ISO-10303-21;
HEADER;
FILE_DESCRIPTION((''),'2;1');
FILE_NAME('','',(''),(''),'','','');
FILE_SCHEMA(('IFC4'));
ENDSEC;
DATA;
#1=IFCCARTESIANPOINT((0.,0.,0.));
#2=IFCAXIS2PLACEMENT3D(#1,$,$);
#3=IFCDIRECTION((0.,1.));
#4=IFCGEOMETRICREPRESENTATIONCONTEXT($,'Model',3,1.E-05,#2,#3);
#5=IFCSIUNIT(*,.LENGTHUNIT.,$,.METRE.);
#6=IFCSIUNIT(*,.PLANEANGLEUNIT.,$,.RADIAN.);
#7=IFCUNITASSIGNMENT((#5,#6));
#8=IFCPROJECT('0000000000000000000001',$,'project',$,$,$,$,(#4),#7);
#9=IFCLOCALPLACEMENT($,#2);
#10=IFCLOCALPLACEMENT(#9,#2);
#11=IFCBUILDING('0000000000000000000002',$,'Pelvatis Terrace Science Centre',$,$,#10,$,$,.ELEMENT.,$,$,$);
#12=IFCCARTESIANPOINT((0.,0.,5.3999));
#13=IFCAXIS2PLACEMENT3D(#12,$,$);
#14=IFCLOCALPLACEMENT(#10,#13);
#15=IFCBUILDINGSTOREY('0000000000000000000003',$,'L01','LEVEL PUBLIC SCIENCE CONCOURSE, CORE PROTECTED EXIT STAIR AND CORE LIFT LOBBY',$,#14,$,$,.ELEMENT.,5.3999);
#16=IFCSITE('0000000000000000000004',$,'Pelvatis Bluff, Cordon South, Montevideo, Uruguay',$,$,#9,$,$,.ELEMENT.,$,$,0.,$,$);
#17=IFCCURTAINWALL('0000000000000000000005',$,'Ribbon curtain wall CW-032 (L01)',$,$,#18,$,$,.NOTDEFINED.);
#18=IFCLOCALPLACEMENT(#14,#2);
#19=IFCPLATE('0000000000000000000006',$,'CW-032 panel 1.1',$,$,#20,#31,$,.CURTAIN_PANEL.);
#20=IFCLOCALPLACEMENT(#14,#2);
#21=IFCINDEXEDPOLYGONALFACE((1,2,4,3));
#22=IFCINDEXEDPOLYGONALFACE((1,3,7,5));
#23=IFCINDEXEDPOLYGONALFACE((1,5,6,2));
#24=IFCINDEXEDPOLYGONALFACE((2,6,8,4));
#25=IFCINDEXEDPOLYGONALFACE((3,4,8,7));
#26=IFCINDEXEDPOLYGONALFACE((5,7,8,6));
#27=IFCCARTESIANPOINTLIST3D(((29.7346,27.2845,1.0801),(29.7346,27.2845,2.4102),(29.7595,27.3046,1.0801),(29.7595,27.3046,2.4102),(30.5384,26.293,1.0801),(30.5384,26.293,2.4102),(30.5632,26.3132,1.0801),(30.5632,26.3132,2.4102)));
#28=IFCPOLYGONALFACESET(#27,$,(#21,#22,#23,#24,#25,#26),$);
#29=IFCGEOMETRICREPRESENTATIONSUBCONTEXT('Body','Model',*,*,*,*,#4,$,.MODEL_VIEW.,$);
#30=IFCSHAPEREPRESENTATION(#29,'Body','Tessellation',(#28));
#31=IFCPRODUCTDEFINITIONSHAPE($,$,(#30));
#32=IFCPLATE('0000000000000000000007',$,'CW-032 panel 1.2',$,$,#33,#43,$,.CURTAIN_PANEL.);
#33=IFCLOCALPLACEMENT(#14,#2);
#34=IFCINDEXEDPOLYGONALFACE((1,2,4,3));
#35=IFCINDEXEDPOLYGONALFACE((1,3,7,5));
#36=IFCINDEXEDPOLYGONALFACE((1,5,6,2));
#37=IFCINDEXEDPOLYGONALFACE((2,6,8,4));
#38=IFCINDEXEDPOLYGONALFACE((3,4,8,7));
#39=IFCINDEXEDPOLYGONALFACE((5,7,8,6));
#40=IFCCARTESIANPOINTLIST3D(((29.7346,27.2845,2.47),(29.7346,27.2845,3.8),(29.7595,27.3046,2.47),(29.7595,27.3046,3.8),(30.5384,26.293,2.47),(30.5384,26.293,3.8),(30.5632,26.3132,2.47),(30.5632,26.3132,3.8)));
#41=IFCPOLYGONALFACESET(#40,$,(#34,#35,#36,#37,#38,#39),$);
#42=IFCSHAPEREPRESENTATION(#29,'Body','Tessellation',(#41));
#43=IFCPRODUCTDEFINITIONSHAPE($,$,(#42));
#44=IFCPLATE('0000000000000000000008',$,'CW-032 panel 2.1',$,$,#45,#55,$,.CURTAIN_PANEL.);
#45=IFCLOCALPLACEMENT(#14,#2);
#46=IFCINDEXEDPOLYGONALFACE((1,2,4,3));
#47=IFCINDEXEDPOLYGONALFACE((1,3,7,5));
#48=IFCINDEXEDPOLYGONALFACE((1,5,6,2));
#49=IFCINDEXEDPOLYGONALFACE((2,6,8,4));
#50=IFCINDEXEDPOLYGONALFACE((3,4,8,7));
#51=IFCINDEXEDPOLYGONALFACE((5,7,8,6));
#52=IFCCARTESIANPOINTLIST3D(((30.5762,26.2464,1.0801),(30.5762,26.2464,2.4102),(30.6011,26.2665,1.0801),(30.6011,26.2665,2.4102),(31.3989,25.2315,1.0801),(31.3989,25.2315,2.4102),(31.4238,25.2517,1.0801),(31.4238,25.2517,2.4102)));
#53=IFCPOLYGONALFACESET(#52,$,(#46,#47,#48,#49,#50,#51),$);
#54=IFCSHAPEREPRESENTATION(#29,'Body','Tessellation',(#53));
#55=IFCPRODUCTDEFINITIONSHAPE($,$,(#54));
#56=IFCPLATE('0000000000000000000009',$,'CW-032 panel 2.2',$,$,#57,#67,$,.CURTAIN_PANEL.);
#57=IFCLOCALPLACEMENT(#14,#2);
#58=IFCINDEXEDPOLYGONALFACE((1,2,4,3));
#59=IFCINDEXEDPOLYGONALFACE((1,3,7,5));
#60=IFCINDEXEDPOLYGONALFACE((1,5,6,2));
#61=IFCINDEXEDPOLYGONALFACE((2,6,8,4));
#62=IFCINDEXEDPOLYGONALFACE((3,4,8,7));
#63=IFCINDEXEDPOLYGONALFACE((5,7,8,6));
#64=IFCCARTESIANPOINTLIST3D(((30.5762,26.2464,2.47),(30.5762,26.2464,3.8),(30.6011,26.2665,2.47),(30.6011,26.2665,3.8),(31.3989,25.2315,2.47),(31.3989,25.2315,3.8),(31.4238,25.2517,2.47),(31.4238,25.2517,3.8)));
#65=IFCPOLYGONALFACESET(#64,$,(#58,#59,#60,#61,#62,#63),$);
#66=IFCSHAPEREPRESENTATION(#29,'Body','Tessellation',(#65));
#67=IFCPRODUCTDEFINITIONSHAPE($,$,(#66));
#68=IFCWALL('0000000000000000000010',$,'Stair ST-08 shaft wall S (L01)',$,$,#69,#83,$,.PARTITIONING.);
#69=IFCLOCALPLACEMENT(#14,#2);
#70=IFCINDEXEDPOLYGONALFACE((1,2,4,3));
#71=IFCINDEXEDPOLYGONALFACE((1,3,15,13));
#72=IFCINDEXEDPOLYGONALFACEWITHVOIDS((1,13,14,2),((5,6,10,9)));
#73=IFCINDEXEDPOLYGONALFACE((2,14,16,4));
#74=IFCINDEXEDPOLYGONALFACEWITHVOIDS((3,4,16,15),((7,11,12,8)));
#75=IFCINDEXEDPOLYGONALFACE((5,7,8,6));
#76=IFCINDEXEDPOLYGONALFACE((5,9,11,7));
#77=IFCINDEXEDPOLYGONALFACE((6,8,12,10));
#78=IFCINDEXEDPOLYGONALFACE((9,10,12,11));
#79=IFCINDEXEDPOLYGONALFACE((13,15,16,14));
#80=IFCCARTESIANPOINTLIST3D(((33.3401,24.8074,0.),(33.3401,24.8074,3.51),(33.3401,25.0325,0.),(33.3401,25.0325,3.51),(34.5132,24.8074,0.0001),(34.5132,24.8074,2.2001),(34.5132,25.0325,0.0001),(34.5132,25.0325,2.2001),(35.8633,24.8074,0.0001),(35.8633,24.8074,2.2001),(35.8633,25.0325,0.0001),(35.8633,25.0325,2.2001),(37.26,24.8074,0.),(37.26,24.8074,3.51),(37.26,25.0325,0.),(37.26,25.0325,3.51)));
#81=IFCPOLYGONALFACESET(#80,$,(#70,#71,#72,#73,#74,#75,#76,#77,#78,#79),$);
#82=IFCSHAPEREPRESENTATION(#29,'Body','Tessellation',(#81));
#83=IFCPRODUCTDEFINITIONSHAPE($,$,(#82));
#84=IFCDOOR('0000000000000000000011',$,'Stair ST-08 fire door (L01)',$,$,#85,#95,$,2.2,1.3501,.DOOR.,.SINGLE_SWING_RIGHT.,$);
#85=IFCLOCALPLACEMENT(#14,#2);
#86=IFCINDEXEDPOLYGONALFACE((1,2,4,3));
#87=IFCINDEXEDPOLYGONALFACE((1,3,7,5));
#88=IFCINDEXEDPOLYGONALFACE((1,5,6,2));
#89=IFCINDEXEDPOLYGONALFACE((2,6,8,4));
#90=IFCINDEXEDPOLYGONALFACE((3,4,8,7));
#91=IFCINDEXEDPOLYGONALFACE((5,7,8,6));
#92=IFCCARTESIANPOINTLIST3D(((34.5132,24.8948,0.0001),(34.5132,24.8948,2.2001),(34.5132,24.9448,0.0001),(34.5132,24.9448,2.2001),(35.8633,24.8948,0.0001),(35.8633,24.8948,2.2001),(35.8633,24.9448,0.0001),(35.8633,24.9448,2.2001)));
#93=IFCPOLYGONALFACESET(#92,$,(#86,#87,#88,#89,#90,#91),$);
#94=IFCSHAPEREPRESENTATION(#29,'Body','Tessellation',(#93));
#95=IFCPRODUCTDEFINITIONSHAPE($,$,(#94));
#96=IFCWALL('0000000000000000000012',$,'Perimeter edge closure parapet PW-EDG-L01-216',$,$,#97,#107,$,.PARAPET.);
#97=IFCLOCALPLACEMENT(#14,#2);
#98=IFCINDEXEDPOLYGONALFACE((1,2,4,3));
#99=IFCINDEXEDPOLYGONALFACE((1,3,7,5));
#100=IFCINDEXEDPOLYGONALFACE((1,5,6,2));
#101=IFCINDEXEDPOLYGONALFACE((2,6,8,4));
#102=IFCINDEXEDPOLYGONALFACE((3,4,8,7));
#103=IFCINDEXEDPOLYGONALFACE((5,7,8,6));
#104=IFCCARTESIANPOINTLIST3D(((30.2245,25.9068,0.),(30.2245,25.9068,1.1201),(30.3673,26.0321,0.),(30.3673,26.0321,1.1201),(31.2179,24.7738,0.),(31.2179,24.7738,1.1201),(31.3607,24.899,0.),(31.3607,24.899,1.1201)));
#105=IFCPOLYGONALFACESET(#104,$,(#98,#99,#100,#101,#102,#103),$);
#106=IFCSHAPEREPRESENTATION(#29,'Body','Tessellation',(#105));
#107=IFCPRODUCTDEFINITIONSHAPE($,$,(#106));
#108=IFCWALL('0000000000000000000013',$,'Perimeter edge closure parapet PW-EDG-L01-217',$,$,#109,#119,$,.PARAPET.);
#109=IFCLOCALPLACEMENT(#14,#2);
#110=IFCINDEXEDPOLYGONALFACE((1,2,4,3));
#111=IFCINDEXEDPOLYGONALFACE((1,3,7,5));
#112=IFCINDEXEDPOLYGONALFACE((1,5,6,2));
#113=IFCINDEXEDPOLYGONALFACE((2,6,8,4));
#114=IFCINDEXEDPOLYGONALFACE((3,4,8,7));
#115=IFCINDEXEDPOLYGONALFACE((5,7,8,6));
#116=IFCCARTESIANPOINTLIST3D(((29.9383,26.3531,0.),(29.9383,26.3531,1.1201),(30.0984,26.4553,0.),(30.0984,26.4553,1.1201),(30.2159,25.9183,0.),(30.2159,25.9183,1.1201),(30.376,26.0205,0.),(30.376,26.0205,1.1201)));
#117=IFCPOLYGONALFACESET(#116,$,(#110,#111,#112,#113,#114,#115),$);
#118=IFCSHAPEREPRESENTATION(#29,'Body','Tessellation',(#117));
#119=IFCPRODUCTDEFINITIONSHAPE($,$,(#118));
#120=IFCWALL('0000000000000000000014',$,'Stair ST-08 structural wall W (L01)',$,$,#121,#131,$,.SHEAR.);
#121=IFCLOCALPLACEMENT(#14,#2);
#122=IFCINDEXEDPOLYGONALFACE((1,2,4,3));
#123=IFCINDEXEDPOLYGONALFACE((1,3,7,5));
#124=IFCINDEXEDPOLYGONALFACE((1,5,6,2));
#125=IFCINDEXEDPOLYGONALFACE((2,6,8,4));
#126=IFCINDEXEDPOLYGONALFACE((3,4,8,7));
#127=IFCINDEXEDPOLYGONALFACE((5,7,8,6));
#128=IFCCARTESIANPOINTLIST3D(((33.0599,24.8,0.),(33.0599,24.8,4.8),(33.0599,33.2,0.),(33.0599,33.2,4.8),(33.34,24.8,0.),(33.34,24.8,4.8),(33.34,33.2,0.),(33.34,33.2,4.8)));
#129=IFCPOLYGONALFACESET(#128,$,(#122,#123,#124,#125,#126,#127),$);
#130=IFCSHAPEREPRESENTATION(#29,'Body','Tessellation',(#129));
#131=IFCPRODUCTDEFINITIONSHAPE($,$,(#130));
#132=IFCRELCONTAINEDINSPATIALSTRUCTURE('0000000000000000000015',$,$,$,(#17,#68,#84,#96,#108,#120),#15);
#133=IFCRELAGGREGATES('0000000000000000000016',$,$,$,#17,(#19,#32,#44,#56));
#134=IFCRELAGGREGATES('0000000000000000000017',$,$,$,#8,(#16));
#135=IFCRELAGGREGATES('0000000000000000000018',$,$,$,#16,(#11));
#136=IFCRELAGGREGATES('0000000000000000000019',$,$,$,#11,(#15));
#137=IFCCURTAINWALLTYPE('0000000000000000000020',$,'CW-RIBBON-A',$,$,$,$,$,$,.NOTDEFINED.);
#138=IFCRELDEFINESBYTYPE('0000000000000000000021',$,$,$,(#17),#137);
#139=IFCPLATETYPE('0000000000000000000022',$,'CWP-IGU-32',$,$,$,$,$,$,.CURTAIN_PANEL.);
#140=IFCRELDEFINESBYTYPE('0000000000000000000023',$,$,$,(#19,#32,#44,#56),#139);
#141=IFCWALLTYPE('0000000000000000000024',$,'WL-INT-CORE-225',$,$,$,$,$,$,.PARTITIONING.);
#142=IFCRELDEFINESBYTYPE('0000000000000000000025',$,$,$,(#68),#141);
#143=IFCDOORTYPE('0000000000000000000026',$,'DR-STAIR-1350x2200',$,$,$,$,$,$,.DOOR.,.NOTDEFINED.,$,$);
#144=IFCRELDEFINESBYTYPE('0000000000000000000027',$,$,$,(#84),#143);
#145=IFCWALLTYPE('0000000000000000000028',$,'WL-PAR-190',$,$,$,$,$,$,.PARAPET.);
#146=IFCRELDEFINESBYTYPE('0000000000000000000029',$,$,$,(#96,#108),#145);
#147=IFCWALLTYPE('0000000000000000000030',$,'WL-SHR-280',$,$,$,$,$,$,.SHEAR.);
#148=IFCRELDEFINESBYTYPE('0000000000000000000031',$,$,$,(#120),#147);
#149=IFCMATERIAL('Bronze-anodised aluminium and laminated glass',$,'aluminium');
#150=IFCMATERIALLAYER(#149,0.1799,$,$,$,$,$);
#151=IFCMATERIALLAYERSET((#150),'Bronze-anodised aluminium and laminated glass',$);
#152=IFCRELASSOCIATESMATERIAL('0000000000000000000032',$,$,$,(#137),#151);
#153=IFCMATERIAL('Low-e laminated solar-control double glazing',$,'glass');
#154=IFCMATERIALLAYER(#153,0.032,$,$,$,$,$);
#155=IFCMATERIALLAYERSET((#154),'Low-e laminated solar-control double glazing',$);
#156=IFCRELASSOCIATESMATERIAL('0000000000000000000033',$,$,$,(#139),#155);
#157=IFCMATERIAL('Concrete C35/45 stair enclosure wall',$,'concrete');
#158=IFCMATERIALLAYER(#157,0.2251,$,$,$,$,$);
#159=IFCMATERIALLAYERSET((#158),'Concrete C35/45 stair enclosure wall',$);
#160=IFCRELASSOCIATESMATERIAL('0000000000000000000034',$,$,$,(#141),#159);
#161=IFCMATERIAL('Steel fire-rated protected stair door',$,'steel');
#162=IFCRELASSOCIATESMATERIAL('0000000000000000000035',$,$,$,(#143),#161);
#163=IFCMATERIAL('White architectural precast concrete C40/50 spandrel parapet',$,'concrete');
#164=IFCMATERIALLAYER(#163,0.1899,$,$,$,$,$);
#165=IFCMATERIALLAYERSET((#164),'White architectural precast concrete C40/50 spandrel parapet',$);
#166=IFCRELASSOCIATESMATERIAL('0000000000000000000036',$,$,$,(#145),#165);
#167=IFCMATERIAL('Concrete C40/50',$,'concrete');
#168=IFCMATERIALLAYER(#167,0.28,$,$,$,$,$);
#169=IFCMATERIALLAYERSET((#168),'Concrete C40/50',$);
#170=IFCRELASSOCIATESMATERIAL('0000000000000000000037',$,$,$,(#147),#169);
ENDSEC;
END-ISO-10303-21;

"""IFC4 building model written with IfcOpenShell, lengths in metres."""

from ifc_helpers import new_model, si_unit, direction, frame, frame_2d, origin, origin_2d, place, context, subcontext, project, spatial, rectangle, extrude, material, layer, layer_set, type_object, element, fill, aggregate, save


model = new_model("IFC4")

# Units and contexts
model_context = context("Model", 3, precision=1e-05, world=origin(), true_north=direction((0.0, 1.0)))
body_context = subcontext(model_context, "Body", "Model", "MODEL_VIEW")
ifc_project = project(units=[si_unit("LENGTHUNIT", "METRE"), si_unit("PLANEANGLEUNIT", "RADIAN")], contexts=[model_context])

# Site, building, storey
site_placement = place(None, origin())
site = spatial("IfcSite", under=ifc_project, at=site_placement, Name="Pelvatis Bluff, Cordon South, Montevideo, Uruguay", CompositionType="ELEMENT", RefElevation=0.0)
building_placement = place(site_placement, origin())
building = spatial("IfcBuilding", under=site, at=building_placement, Name="Pelvatis Terrace Science Centre", CompositionType="ELEMENT")
storey_placement = place(building_placement, frame((0.0, 0.0, 5.3999)))
storey = spatial("IfcBuildingStorey", under=building, at=storey_placement, Name="L01", Description="LEVEL PUBLIC SCIENCE CONCOURSE, CORE PROTECTED EXIT STAIR AND CORE LIFT LOBBY", CompositionType="ELEMENT", Elevation=5.3999)

# Curtain wall, plates
ifc_material_1 = material(Name="Bronze-anodised aluminium and laminated glass", Category="aluminium")
ifc_layer_1 = layer(ifc_material_1, 0.1799)
ifc_layer_set_1 = layer_set([ifc_layer_1], Name="Bronze-anodised aluminium and laminated glass")
curtain_wall_type = type_object("IfcCurtainWallType", Name="CW-RIBBON-A", PredefinedType="NOTDEFINED", material=ifc_layer_set_1)
curtain_wall_placement = place(storey_placement, origin())
curtain_wall = element("IfcCurtainWall", 1, at=curtain_wall_placement, inside=storey, type_object=curtain_wall_type, Name="Ribbon curtain wall CW-032 (L01)", PredefinedType="NOTDEFINED")
ifc_material_2 = material(Name="Low-e laminated solar-control double glazing", Category="glass")
ifc_layer_2 = layer(ifc_material_2, 0.032)
ifc_layer_set_2 = layer_set([ifc_layer_2], Name="Low-e laminated solar-control double glazing")
plate_type = type_object("IfcPlateType", Name="CWP-IGU-32", PredefinedType="CURTAIN_PANEL", material=ifc_layer_set_2)
plate_1_placement = place(storey_placement, frame((30.1489, 26.7988, 1.0801), z_axis=(0.0, 0.0, 1.0), x_axis=(0.629734, -0.776811, 0.0)))
plate_1 = element("IfcPlate", 2, at=plate_1_placement, type_object=plate_type, Name="CW-032 panel 1.1", PredefinedType="CURTAIN_PANEL", context=body_context, shape_type="SweptSolid", body=[
    extrude(rectangle(XDim=1.2764, YDim=0.032, at=origin_2d()), origin(), (0.0, 0.0, 1.0), 1.3301),
])
plate_2_placement = place(storey_placement, frame((30.1489, 26.7988, 2.47), z_axis=(0.0, 0.0, 1.0), x_axis=(0.629734, -0.776811, 0.0)))
plate_2 = element("IfcPlate", 3, at=plate_2_placement, type_object=plate_type, Name="CW-032 panel 1.2", PredefinedType="CURTAIN_PANEL", context=body_context, shape_type="SweptSolid", body=[
    extrude(rectangle(XDim=1.2764, YDim=0.032, at=origin_2d()), origin(), (0.0, 0.0, 1.0), 1.3301),
])
plate_3_placement = place(storey_placement, frame((31.0, 25.749, 1.0801), z_axis=(0.0, 0.0, 1.0), x_axis=(0.629734, -0.776811, 0.0)))
plate_3 = element("IfcPlate", 4, at=plate_3_placement, type_object=plate_type, Name="CW-032 panel 2.1", PredefinedType="CURTAIN_PANEL", context=body_context, shape_type="SweptSolid", body=[
    extrude(rectangle(XDim=1.3064, YDim=0.032, at=origin_2d()), origin(), (0.0, 0.0, 1.0), 1.3301),
])
plate_4_placement = place(storey_placement, frame((31.0, 25.749, 2.47), z_axis=(0.0, 0.0, 1.0), x_axis=(0.629734, -0.776811, 0.0)))
plate_4 = element("IfcPlate", 5, at=plate_4_placement, type_object=plate_type, Name="CW-032 panel 2.2", PredefinedType="CURTAIN_PANEL", context=body_context, shape_type="SweptSolid", body=[
    extrude(rectangle(XDim=1.3064, YDim=0.032, at=origin_2d()), origin(), (0.0, 0.0, 1.0), 1.3301),
])
aggregate(curtain_wall, [plate_1, plate_2, plate_3, plate_4])

# Wall, opening, door
ifc_material_3 = material(Name="Concrete C35/45 stair enclosure wall", Category="concrete")
ifc_layer_3 = layer(ifc_material_3, 0.2251)
ifc_layer_set_3 = layer_set([ifc_layer_3], Name="Concrete C35/45 stair enclosure wall")
wall_type_1 = type_object("IfcWallType", Name="WL-INT-CORE-225", PredefinedType="PARTITIONING", material=ifc_layer_set_3)
wall_1_placement = place(storey_placement, frame((33.3401, 24.9199, 0.0), z_axis=(0.0, 0.0, 1.0), x_axis=(1.0, 0.0, 0.0)))
wall_1 = element("IfcWall", 6, at=wall_1_placement, inside=storey, type_object=wall_type_1, Name="Stair ST-08 shaft wall S (L01)", PredefinedType="PARTITIONING", context=body_context, shape_type="SweptSolid", body=[
    extrude(rectangle(XDim=3.9199, YDim=0.2251, at=frame_2d((1.96, 0.0))), origin(), (0.0, 0.0, 1.0), 3.51),
])
opening_placement = place(wall_1_placement, frame((1.1731, 0.0, 0.0)))
opening = element("IfcOpeningElement", 7, at=opening_placement, cuts=wall_1, PredefinedType="OPENING", context=body_context, shape_type="SweptSolid", body=[
    extrude(rectangle(XDim=1.3501, YDim=2.2, at=frame_2d((0.675, 1.1001))), frame((0.0, 0.1226, 0.0), z_axis=(0.0, -1.0, 0.0), x_axis=(1.0, 0.0, 0.0)), (0.0, 0.0, 1.0), 0.2451),
])
ifc_material_4 = material(Name="Steel fire-rated protected stair door", Category="steel")
door_type = type_object("IfcDoorType", Name="DR-STAIR-1350x2200", OperationType="NOTDEFINED", PredefinedType="DOOR", material=ifc_material_4)
door_placement = place(opening_placement, origin())
door = element("IfcDoor", 8, at=door_placement, inside=storey, type_object=door_type, Name="Stair ST-08 fire door (L01)", OperationType="SINGLE_SWING_RIGHT", OverallHeight=2.2, OverallWidth=1.3501, PredefinedType="DOOR", context=body_context, shape_type="SweptSolid", body=[
    extrude(rectangle(XDim=1.3501, YDim=2.2, at=frame_2d((0.675, 1.1001))), frame((0.0, 0.0249, 0.0), z_axis=(0.0, -1.0, 0.0), x_axis=(1.0, 0.0, 0.0)), (0.0, 0.0, 1.0), 0.05),
])
fill(opening, door)

# Walls
ifc_material_5 = material(Name="White architectural precast concrete C40/50 spandrel parapet", Category="concrete")
ifc_layer_4 = layer(ifc_material_5, 0.1899)
ifc_layer_set_4 = layer_set([ifc_layer_4], Name="White architectural precast concrete C40/50 spandrel parapet")
wall_type_2 = type_object("IfcWallType", Name="WL-PAR-190", PredefinedType="PARAPET", material=ifc_layer_set_4)
wall_2_placement = place(storey_placement, frame((31.2893, 24.8364, 0.0), z_axis=(0.0, 0.0, 1.0), x_axis=(-0.65925, 0.751924, 0.0)))
element("IfcWall", 9, at=wall_2_placement, inside=storey, type_object=wall_type_2, Name="Perimeter edge closure parapet PW-EDG-L01-216", PredefinedType="PARAPET", context=body_context, shape_type="SweptSolid", body=[
    extrude(rectangle(XDim=1.5068, YDim=0.1899, at=frame_2d((0.7534, 0.0))), origin(), (0.0, 0.0, 1.0), 1.1201),
])
wall_3_placement = place(storey_placement, frame((30.2959, 25.9695, 0.0), z_axis=(0.0, 0.0, 1.0), x_axis=(-0.5381, 0.842881, 0.0)))
element("IfcWall", 10, at=wall_3_placement, inside=storey, type_object=wall_type_2, Name="Perimeter edge closure parapet PW-EDG-L01-217", PredefinedType="PARAPET", context=body_context, shape_type="SweptSolid", body=[
    extrude(rectangle(XDim=0.5159, YDim=0.1899, at=frame_2d((0.2578, 0.0))), origin(), (0.0, 0.0, 1.0), 1.1201),
])
ifc_material_6 = material(Name="Concrete C40/50", Category="concrete")
ifc_layer_5 = layer(ifc_material_6, 0.28)
ifc_layer_set_5 = layer_set([ifc_layer_5], Name="Concrete C40/50")
wall_type_3 = type_object("IfcWallType", Name="WL-SHR-280", PredefinedType="SHEAR", material=ifc_layer_set_5)
wall_4_placement = place(storey_placement, frame((33.2, 24.8, 0.0), z_axis=(0.0, 0.0, 1.0), x_axis=(0.0, 1.0, 0.0)))
element("IfcWall", 11, at=wall_4_placement, inside=storey, type_object=wall_type_3, Name="Stair ST-08 structural wall W (L01)", PredefinedType="SHEAR", context=body_context, shape_type="SweptSolid", body=[
    extrude(rectangle(XDim=8.3999, YDim=0.28, at=frame_2d((4.2, 0.0))), origin(), (0.0, 0.0, 1.0), 4.8),
])

save(model, "model.ifc")
